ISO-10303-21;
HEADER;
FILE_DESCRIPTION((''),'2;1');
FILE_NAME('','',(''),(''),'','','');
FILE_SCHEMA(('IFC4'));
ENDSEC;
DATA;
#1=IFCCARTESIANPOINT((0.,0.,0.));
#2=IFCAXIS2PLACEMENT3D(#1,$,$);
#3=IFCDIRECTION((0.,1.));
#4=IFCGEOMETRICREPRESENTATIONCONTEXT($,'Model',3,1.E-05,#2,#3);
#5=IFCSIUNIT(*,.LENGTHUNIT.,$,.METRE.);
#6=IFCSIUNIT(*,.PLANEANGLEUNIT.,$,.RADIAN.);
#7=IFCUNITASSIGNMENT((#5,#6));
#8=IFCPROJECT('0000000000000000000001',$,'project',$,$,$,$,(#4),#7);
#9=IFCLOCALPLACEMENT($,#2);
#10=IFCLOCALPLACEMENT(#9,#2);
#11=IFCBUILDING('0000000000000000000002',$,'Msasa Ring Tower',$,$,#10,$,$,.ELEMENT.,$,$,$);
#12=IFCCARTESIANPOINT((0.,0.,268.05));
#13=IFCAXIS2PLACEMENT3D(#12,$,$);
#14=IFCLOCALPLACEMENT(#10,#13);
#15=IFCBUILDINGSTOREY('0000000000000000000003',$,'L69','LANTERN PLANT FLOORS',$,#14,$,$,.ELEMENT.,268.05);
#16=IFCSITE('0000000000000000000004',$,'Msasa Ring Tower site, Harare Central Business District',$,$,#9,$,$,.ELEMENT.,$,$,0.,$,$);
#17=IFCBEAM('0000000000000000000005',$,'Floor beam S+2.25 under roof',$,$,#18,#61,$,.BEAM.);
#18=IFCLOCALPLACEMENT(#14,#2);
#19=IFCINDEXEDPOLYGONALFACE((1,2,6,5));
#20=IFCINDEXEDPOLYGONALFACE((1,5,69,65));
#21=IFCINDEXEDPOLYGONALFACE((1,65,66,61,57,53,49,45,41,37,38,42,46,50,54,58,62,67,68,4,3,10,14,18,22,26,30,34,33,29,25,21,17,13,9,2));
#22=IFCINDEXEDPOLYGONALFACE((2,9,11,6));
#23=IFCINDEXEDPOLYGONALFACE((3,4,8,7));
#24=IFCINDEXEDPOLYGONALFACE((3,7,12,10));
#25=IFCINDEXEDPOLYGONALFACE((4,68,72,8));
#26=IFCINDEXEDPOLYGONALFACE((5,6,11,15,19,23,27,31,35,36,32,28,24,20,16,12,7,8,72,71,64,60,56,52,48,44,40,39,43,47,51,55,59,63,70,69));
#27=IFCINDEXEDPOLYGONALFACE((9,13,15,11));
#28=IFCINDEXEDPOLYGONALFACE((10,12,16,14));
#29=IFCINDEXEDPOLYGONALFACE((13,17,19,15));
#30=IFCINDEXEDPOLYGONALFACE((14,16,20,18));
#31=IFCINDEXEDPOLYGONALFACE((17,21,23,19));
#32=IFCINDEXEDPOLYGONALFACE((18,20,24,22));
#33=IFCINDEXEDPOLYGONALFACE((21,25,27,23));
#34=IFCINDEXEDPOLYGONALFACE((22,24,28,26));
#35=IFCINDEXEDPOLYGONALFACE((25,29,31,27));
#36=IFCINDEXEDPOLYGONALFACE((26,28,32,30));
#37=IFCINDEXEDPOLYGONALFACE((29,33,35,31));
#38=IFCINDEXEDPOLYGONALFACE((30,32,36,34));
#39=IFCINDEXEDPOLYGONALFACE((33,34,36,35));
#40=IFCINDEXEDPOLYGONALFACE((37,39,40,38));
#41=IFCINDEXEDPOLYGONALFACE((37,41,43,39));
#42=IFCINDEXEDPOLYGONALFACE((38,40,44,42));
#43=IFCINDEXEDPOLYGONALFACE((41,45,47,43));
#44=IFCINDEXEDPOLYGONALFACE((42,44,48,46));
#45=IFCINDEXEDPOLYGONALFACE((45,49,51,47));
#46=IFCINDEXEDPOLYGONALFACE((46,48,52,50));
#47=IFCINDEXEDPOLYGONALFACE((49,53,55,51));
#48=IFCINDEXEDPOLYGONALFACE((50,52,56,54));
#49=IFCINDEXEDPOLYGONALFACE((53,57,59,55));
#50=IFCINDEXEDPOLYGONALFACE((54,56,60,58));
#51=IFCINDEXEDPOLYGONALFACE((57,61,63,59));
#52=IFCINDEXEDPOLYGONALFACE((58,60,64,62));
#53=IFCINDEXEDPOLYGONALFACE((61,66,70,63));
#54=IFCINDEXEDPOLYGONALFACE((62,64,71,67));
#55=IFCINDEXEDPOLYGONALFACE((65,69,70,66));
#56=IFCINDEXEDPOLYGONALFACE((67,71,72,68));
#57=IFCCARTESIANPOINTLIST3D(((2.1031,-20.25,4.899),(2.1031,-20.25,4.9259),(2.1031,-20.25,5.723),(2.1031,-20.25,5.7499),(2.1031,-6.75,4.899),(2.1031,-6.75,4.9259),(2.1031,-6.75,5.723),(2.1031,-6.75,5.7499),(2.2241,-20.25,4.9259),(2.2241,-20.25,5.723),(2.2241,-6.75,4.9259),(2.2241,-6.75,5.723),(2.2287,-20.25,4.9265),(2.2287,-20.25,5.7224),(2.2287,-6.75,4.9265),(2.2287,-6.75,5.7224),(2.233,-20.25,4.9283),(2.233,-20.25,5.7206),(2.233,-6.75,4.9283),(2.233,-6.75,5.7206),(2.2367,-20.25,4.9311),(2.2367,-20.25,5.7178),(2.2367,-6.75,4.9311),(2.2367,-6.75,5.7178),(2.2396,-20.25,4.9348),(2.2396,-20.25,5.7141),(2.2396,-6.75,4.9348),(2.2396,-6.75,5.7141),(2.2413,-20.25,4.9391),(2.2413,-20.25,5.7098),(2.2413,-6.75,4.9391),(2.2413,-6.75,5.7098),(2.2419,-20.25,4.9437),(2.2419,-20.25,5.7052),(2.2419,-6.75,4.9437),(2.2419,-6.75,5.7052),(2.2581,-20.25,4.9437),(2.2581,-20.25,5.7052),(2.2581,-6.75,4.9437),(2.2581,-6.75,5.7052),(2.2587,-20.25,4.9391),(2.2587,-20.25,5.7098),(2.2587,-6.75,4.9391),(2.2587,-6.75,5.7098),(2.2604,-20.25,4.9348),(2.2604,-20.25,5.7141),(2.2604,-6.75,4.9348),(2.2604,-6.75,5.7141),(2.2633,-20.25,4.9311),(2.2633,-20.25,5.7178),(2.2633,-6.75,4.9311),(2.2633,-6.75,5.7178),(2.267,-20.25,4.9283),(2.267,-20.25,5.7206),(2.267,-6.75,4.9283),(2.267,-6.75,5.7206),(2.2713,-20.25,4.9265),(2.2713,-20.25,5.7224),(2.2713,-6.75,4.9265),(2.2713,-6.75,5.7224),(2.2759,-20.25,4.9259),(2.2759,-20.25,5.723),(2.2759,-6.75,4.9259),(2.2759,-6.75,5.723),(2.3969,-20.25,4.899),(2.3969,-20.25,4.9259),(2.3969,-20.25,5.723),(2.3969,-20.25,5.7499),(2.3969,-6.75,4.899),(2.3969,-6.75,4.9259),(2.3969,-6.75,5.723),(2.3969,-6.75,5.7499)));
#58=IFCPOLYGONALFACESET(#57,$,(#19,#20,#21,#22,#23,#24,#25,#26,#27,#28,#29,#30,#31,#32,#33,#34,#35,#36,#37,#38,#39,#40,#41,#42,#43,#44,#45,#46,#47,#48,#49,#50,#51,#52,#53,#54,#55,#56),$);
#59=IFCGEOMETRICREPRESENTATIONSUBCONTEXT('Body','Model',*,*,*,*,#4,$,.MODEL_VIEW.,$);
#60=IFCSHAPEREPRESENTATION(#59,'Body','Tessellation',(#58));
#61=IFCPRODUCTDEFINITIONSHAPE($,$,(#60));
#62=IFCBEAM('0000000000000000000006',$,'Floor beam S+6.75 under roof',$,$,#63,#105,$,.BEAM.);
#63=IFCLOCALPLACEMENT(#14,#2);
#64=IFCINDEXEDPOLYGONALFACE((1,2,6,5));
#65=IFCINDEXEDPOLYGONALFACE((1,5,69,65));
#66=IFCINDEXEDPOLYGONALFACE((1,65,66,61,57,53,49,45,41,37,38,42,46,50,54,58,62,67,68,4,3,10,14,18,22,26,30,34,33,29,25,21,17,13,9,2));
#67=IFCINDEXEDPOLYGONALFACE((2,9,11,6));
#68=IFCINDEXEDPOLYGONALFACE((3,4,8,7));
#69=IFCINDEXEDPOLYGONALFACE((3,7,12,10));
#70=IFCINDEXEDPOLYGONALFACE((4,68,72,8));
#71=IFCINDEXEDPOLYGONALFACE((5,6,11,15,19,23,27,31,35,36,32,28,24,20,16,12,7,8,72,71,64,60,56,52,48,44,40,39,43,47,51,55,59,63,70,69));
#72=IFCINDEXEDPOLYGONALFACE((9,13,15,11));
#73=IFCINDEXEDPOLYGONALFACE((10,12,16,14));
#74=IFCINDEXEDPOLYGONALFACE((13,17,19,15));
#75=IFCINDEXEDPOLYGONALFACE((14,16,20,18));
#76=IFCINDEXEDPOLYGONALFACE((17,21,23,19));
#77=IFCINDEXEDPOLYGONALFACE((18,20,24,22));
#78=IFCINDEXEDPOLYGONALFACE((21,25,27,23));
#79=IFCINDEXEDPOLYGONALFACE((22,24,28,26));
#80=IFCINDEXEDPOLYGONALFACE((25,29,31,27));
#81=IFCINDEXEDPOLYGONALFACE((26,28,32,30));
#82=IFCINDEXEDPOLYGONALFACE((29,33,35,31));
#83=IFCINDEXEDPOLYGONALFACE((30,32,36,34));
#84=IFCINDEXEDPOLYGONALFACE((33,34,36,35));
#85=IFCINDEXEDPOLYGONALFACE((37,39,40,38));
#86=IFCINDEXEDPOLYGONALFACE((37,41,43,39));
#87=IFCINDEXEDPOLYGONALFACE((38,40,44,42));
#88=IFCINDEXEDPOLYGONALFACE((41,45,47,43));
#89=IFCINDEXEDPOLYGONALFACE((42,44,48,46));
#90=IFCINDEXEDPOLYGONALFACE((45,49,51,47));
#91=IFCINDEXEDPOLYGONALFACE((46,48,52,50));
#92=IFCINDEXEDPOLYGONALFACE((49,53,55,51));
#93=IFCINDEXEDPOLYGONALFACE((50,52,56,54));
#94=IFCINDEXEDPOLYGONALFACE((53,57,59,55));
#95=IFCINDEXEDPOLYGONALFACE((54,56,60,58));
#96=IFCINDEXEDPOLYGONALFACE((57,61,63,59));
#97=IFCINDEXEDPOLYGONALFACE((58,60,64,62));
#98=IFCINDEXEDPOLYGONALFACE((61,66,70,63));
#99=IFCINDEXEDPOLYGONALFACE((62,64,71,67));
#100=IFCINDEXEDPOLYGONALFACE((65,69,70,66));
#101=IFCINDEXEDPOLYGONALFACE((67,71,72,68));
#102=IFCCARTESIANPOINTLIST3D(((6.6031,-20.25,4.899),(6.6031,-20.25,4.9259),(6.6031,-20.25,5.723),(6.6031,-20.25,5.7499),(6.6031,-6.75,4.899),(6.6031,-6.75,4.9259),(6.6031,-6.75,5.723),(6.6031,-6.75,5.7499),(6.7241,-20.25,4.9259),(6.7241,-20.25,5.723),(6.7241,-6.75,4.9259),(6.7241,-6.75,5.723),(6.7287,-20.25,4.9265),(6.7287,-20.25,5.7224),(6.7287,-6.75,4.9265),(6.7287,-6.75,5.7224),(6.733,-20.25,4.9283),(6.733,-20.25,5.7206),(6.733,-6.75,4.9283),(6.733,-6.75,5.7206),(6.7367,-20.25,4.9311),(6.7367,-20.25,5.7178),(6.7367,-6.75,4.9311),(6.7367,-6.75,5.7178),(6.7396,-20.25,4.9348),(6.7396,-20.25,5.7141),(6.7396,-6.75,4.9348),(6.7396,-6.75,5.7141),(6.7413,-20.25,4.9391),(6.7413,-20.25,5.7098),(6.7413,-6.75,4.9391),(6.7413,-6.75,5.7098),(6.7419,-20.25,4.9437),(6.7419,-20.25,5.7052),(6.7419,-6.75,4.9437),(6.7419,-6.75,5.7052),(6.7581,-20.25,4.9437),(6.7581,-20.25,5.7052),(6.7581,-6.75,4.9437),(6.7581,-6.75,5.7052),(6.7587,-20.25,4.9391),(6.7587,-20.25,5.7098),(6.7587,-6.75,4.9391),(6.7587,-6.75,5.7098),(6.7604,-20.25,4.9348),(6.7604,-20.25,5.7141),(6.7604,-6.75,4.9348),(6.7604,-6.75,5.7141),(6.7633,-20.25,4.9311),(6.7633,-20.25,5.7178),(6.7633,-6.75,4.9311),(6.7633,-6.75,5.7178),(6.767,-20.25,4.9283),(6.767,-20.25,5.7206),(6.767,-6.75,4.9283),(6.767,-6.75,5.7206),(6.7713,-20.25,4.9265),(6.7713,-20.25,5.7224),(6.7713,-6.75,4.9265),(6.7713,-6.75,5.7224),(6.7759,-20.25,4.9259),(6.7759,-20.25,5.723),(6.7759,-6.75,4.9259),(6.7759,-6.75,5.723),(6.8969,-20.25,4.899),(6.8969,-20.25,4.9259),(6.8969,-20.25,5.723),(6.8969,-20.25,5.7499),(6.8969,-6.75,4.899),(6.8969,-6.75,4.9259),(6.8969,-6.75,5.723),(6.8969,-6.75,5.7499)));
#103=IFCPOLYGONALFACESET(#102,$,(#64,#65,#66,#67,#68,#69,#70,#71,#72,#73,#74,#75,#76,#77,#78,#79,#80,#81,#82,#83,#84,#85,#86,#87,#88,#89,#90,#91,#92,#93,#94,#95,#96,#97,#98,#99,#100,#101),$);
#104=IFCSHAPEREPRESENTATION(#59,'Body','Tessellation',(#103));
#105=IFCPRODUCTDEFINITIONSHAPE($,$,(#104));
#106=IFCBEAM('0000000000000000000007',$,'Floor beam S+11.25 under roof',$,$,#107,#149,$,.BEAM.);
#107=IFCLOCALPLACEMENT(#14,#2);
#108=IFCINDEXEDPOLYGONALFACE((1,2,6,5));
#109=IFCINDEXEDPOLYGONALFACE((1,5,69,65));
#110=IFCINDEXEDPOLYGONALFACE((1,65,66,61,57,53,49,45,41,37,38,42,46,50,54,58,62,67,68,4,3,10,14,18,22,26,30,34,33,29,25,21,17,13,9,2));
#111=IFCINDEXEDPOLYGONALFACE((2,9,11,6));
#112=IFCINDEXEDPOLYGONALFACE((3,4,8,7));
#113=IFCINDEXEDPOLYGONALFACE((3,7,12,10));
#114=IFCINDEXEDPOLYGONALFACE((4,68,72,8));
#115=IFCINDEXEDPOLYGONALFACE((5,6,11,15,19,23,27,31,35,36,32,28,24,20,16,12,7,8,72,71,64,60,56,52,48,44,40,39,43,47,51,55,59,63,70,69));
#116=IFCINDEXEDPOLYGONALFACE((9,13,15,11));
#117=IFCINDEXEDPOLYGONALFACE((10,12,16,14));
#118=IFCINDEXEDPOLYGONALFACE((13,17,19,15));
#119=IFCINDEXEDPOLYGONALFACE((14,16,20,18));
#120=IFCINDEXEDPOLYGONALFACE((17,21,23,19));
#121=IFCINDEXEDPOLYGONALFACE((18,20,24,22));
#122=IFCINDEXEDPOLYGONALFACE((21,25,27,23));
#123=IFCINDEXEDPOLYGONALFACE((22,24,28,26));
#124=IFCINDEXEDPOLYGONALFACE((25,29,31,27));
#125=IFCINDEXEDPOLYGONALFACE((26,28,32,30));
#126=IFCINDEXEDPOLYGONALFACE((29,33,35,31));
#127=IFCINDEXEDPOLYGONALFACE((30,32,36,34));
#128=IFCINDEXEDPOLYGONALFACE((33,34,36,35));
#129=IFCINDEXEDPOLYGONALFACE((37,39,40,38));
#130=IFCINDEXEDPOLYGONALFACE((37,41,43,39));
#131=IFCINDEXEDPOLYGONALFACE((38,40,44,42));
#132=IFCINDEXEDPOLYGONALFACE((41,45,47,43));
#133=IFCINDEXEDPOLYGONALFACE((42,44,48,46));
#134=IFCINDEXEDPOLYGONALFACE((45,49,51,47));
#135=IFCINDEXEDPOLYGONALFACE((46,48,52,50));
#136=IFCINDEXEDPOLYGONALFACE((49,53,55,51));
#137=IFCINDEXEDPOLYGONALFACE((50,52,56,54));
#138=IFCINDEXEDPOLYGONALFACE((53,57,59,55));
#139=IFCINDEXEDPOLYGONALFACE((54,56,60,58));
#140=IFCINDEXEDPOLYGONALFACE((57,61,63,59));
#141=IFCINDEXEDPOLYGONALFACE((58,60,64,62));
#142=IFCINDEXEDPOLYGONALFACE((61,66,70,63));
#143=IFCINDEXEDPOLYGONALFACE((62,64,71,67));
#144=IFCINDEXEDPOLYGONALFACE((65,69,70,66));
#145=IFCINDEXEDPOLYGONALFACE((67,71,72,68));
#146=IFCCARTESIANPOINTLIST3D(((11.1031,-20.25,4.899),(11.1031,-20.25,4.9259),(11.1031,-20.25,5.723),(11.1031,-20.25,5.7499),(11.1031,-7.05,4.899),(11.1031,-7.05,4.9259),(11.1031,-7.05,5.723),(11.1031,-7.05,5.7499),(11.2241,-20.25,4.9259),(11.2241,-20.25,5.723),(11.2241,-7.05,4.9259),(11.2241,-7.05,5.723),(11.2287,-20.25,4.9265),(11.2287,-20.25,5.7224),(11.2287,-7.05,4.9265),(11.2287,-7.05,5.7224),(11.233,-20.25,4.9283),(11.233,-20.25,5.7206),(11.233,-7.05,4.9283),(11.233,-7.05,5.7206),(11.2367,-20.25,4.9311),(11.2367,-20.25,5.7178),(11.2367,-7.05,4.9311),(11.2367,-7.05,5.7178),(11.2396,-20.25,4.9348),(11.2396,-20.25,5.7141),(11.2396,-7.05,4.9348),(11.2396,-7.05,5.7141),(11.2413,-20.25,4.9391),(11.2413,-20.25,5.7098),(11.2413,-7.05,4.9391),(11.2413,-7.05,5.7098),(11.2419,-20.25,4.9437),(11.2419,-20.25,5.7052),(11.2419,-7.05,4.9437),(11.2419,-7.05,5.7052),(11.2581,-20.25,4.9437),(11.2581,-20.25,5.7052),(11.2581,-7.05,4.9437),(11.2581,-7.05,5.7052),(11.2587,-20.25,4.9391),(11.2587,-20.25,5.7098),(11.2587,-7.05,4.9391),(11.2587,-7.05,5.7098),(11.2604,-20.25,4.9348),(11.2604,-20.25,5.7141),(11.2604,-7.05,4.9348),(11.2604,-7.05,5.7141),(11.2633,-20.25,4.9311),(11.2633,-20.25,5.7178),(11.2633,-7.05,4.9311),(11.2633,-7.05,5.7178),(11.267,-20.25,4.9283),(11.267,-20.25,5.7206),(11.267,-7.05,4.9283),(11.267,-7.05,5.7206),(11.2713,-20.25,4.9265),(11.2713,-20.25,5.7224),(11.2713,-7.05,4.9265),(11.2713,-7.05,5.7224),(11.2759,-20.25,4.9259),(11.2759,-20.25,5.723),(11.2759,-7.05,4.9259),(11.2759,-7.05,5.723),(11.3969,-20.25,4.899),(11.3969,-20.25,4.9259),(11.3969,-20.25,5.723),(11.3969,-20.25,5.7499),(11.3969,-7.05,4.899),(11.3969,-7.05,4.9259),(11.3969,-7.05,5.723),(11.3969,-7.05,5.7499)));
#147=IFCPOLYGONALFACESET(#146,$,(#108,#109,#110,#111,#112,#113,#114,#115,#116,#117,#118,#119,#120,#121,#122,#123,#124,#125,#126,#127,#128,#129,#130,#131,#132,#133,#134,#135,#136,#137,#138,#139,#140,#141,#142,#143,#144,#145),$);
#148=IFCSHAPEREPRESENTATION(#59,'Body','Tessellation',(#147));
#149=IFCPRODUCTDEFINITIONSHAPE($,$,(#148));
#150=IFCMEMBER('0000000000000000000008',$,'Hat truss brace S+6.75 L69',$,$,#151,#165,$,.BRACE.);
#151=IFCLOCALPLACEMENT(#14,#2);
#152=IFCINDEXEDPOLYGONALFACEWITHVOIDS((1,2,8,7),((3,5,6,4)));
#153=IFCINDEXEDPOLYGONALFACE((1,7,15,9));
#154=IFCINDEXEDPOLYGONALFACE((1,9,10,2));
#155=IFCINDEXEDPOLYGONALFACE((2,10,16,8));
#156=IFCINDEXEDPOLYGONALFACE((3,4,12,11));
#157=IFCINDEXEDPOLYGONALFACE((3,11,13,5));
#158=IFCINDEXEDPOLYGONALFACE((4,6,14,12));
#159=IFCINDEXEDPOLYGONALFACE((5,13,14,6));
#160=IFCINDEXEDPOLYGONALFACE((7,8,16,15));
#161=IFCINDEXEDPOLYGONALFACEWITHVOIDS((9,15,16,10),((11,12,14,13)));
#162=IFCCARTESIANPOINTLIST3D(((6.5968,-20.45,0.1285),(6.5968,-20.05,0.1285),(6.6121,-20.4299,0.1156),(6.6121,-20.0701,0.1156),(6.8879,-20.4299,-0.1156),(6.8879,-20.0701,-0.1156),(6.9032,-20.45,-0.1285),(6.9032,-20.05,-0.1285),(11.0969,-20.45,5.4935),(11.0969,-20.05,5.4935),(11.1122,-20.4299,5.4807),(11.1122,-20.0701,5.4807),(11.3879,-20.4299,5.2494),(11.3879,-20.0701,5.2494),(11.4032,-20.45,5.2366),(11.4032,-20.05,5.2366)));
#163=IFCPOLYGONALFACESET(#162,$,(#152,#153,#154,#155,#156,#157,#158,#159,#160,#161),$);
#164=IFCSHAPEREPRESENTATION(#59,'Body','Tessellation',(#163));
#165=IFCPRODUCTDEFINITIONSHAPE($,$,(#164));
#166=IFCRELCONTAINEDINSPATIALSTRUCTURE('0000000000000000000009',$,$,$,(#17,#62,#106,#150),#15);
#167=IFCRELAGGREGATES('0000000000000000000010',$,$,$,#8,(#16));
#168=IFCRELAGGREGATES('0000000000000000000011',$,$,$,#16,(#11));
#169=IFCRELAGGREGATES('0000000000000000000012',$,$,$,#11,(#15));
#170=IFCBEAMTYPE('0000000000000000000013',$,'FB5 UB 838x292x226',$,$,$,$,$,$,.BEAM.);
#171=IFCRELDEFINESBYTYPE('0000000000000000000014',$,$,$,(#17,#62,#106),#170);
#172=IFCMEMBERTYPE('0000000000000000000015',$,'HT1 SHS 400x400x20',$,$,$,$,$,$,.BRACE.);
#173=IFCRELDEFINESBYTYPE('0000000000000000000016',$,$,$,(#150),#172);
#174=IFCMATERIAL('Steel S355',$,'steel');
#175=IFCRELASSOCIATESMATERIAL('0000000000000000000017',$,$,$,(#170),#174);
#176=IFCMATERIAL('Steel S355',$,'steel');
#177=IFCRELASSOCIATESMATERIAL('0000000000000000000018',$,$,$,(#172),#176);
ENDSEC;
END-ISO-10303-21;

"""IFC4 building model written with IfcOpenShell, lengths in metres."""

from ifc_helpers import new_model, si_unit, direction, frame, origin, origin_2d, place, context, subcontext, project, spatial, hollow_rectangle, i_section, extrude, material, material_profile, profile_set, type_object, element, save


model = new_model("IFC4")

# Units and contexts
model_context = context("Model", 3, precision=1e-05, world=origin(), true_north=direction((0.0, 1.0)))
body_context = subcontext(model_context, "Body", "Model", "MODEL_VIEW")
ifc_project = project(units=[si_unit("LENGTHUNIT", "METRE"), si_unit("PLANEANGLEUNIT", "RADIAN")], contexts=[model_context])

# Site, building, storey
site_placement = place(None, origin())
site = spatial("IfcSite", under=ifc_project, at=site_placement, Name="Msasa Ring Tower site, Harare Central Business District", CompositionType="ELEMENT", RefElevation=0.0)
building_placement = place(site_placement, origin())
building = spatial("IfcBuilding", under=site, at=building_placement, Name="Msasa Ring Tower", CompositionType="ELEMENT")
storey_placement = place(building_placement, frame((0.0, 0.0, 268.05)))
storey = spatial("IfcBuildingStorey", under=building, at=storey_placement, Name="L69", Description="LANTERN PLANT FLOORS", CompositionType="ELEMENT", Elevation=268.05)

# Beams
ifc_material_1 = material(Name="Steel S355", Category="steel")
ifc_material_profile_1 = material_profile(ifc_material_1, i_section(OverallWidth=0.2937, OverallDepth=0.8508, WebThickness=0.0161, FlangeThickness=0.0269, FilletRadius=0.0178, at=origin_2d()), Name="UB 838x292x226")
ifc_profile_set_1 = profile_set([ifc_material_profile_1], Name="Steel S355")
beam_type_1 = type_object("IfcBeamType", Name="FB5 UB 838x292x226", PredefinedType="BEAM", material=ifc_profile_set_1)
for number, where, z_axis, x_axis, name in (
    (1, (2.25, -20.25, 5.3245), (0.0, 1.0, 0.0), (-1.0, 0.0, 0.0), "Floor beam S+2.25 under roof"),
    (2, (6.75, -20.25, 5.3245), (0.0, 1.0, 0.0), (-1.0, 0.0, 0.0), "Floor beam S+6.75 under roof"),
):
    element("IfcBeam", number, at=place(storey_placement, frame(where, z_axis=z_axis, x_axis=x_axis)), inside=storey, type_object=beam_type_1, Name=name, PredefinedType="BEAM", context=body_context, shape_type="SweptSolid", body=[
        extrude(i_section(OverallWidth=0.2937, OverallDepth=0.8508, WebThickness=0.0161, FlangeThickness=0.0269, FilletRadius=0.0178, at=origin_2d()), origin(), (0.0, 0.0, 1.0), 13.5),
    ])
beam_1_placement = place(storey_placement, frame((11.25, -20.25, 5.3245), z_axis=(0.0, 1.0, 0.0), x_axis=(-1.0, 0.0, 0.0)))
element("IfcBeam", 3, at=beam_1_placement, inside=storey, type_object=beam_type_1, Name="Floor beam S+11.25 under roof", PredefinedType="BEAM", context=body_context, shape_type="SweptSolid", body=[
    extrude(i_section(OverallWidth=0.2937, OverallDepth=0.8508, WebThickness=0.0161, FlangeThickness=0.0269, FilletRadius=0.0178, at=origin_2d()), origin(), (0.0, 0.0, 1.0), 13.2),
])

# Member
ifc_material_2 = material(Name="Steel S355", Category="steel")
ifc_material_profile_2 = material_profile(ifc_material_2, hollow_rectangle(XDim=0.3999, YDim=0.3999, WallThickness=0.02, at=origin_2d()), Name="SHS 400x400x20")
ifc_profile_set_2 = profile_set([ifc_material_profile_2], Name="Steel S355")
member_type_1 = type_object("IfcMemberType", Name="HT1 SHS 400x400x20", PredefinedType="BRACE", material=ifc_profile_set_2)
member_1_placement = place(storey_placement, frame((6.75, -20.25, 0.0), z_axis=(0.64264, 0.0, 0.766168), x_axis=(0.0, 1.0, 0.0)))
element("IfcMember", 4, at=member_1_placement, inside=storey, type_object=member_type_1, Name="Hat truss brace S+6.75 L69", PredefinedType="BRACE", context=body_context, shape_type="SweptSolid", body=[
    extrude(hollow_rectangle(XDim=0.3999, YDim=0.3999, WallThickness=0.02, at=origin_2d()), origin(), (0.0, 0.0, 1.0), 7.0024),
])

save(model, "model.ifc")
